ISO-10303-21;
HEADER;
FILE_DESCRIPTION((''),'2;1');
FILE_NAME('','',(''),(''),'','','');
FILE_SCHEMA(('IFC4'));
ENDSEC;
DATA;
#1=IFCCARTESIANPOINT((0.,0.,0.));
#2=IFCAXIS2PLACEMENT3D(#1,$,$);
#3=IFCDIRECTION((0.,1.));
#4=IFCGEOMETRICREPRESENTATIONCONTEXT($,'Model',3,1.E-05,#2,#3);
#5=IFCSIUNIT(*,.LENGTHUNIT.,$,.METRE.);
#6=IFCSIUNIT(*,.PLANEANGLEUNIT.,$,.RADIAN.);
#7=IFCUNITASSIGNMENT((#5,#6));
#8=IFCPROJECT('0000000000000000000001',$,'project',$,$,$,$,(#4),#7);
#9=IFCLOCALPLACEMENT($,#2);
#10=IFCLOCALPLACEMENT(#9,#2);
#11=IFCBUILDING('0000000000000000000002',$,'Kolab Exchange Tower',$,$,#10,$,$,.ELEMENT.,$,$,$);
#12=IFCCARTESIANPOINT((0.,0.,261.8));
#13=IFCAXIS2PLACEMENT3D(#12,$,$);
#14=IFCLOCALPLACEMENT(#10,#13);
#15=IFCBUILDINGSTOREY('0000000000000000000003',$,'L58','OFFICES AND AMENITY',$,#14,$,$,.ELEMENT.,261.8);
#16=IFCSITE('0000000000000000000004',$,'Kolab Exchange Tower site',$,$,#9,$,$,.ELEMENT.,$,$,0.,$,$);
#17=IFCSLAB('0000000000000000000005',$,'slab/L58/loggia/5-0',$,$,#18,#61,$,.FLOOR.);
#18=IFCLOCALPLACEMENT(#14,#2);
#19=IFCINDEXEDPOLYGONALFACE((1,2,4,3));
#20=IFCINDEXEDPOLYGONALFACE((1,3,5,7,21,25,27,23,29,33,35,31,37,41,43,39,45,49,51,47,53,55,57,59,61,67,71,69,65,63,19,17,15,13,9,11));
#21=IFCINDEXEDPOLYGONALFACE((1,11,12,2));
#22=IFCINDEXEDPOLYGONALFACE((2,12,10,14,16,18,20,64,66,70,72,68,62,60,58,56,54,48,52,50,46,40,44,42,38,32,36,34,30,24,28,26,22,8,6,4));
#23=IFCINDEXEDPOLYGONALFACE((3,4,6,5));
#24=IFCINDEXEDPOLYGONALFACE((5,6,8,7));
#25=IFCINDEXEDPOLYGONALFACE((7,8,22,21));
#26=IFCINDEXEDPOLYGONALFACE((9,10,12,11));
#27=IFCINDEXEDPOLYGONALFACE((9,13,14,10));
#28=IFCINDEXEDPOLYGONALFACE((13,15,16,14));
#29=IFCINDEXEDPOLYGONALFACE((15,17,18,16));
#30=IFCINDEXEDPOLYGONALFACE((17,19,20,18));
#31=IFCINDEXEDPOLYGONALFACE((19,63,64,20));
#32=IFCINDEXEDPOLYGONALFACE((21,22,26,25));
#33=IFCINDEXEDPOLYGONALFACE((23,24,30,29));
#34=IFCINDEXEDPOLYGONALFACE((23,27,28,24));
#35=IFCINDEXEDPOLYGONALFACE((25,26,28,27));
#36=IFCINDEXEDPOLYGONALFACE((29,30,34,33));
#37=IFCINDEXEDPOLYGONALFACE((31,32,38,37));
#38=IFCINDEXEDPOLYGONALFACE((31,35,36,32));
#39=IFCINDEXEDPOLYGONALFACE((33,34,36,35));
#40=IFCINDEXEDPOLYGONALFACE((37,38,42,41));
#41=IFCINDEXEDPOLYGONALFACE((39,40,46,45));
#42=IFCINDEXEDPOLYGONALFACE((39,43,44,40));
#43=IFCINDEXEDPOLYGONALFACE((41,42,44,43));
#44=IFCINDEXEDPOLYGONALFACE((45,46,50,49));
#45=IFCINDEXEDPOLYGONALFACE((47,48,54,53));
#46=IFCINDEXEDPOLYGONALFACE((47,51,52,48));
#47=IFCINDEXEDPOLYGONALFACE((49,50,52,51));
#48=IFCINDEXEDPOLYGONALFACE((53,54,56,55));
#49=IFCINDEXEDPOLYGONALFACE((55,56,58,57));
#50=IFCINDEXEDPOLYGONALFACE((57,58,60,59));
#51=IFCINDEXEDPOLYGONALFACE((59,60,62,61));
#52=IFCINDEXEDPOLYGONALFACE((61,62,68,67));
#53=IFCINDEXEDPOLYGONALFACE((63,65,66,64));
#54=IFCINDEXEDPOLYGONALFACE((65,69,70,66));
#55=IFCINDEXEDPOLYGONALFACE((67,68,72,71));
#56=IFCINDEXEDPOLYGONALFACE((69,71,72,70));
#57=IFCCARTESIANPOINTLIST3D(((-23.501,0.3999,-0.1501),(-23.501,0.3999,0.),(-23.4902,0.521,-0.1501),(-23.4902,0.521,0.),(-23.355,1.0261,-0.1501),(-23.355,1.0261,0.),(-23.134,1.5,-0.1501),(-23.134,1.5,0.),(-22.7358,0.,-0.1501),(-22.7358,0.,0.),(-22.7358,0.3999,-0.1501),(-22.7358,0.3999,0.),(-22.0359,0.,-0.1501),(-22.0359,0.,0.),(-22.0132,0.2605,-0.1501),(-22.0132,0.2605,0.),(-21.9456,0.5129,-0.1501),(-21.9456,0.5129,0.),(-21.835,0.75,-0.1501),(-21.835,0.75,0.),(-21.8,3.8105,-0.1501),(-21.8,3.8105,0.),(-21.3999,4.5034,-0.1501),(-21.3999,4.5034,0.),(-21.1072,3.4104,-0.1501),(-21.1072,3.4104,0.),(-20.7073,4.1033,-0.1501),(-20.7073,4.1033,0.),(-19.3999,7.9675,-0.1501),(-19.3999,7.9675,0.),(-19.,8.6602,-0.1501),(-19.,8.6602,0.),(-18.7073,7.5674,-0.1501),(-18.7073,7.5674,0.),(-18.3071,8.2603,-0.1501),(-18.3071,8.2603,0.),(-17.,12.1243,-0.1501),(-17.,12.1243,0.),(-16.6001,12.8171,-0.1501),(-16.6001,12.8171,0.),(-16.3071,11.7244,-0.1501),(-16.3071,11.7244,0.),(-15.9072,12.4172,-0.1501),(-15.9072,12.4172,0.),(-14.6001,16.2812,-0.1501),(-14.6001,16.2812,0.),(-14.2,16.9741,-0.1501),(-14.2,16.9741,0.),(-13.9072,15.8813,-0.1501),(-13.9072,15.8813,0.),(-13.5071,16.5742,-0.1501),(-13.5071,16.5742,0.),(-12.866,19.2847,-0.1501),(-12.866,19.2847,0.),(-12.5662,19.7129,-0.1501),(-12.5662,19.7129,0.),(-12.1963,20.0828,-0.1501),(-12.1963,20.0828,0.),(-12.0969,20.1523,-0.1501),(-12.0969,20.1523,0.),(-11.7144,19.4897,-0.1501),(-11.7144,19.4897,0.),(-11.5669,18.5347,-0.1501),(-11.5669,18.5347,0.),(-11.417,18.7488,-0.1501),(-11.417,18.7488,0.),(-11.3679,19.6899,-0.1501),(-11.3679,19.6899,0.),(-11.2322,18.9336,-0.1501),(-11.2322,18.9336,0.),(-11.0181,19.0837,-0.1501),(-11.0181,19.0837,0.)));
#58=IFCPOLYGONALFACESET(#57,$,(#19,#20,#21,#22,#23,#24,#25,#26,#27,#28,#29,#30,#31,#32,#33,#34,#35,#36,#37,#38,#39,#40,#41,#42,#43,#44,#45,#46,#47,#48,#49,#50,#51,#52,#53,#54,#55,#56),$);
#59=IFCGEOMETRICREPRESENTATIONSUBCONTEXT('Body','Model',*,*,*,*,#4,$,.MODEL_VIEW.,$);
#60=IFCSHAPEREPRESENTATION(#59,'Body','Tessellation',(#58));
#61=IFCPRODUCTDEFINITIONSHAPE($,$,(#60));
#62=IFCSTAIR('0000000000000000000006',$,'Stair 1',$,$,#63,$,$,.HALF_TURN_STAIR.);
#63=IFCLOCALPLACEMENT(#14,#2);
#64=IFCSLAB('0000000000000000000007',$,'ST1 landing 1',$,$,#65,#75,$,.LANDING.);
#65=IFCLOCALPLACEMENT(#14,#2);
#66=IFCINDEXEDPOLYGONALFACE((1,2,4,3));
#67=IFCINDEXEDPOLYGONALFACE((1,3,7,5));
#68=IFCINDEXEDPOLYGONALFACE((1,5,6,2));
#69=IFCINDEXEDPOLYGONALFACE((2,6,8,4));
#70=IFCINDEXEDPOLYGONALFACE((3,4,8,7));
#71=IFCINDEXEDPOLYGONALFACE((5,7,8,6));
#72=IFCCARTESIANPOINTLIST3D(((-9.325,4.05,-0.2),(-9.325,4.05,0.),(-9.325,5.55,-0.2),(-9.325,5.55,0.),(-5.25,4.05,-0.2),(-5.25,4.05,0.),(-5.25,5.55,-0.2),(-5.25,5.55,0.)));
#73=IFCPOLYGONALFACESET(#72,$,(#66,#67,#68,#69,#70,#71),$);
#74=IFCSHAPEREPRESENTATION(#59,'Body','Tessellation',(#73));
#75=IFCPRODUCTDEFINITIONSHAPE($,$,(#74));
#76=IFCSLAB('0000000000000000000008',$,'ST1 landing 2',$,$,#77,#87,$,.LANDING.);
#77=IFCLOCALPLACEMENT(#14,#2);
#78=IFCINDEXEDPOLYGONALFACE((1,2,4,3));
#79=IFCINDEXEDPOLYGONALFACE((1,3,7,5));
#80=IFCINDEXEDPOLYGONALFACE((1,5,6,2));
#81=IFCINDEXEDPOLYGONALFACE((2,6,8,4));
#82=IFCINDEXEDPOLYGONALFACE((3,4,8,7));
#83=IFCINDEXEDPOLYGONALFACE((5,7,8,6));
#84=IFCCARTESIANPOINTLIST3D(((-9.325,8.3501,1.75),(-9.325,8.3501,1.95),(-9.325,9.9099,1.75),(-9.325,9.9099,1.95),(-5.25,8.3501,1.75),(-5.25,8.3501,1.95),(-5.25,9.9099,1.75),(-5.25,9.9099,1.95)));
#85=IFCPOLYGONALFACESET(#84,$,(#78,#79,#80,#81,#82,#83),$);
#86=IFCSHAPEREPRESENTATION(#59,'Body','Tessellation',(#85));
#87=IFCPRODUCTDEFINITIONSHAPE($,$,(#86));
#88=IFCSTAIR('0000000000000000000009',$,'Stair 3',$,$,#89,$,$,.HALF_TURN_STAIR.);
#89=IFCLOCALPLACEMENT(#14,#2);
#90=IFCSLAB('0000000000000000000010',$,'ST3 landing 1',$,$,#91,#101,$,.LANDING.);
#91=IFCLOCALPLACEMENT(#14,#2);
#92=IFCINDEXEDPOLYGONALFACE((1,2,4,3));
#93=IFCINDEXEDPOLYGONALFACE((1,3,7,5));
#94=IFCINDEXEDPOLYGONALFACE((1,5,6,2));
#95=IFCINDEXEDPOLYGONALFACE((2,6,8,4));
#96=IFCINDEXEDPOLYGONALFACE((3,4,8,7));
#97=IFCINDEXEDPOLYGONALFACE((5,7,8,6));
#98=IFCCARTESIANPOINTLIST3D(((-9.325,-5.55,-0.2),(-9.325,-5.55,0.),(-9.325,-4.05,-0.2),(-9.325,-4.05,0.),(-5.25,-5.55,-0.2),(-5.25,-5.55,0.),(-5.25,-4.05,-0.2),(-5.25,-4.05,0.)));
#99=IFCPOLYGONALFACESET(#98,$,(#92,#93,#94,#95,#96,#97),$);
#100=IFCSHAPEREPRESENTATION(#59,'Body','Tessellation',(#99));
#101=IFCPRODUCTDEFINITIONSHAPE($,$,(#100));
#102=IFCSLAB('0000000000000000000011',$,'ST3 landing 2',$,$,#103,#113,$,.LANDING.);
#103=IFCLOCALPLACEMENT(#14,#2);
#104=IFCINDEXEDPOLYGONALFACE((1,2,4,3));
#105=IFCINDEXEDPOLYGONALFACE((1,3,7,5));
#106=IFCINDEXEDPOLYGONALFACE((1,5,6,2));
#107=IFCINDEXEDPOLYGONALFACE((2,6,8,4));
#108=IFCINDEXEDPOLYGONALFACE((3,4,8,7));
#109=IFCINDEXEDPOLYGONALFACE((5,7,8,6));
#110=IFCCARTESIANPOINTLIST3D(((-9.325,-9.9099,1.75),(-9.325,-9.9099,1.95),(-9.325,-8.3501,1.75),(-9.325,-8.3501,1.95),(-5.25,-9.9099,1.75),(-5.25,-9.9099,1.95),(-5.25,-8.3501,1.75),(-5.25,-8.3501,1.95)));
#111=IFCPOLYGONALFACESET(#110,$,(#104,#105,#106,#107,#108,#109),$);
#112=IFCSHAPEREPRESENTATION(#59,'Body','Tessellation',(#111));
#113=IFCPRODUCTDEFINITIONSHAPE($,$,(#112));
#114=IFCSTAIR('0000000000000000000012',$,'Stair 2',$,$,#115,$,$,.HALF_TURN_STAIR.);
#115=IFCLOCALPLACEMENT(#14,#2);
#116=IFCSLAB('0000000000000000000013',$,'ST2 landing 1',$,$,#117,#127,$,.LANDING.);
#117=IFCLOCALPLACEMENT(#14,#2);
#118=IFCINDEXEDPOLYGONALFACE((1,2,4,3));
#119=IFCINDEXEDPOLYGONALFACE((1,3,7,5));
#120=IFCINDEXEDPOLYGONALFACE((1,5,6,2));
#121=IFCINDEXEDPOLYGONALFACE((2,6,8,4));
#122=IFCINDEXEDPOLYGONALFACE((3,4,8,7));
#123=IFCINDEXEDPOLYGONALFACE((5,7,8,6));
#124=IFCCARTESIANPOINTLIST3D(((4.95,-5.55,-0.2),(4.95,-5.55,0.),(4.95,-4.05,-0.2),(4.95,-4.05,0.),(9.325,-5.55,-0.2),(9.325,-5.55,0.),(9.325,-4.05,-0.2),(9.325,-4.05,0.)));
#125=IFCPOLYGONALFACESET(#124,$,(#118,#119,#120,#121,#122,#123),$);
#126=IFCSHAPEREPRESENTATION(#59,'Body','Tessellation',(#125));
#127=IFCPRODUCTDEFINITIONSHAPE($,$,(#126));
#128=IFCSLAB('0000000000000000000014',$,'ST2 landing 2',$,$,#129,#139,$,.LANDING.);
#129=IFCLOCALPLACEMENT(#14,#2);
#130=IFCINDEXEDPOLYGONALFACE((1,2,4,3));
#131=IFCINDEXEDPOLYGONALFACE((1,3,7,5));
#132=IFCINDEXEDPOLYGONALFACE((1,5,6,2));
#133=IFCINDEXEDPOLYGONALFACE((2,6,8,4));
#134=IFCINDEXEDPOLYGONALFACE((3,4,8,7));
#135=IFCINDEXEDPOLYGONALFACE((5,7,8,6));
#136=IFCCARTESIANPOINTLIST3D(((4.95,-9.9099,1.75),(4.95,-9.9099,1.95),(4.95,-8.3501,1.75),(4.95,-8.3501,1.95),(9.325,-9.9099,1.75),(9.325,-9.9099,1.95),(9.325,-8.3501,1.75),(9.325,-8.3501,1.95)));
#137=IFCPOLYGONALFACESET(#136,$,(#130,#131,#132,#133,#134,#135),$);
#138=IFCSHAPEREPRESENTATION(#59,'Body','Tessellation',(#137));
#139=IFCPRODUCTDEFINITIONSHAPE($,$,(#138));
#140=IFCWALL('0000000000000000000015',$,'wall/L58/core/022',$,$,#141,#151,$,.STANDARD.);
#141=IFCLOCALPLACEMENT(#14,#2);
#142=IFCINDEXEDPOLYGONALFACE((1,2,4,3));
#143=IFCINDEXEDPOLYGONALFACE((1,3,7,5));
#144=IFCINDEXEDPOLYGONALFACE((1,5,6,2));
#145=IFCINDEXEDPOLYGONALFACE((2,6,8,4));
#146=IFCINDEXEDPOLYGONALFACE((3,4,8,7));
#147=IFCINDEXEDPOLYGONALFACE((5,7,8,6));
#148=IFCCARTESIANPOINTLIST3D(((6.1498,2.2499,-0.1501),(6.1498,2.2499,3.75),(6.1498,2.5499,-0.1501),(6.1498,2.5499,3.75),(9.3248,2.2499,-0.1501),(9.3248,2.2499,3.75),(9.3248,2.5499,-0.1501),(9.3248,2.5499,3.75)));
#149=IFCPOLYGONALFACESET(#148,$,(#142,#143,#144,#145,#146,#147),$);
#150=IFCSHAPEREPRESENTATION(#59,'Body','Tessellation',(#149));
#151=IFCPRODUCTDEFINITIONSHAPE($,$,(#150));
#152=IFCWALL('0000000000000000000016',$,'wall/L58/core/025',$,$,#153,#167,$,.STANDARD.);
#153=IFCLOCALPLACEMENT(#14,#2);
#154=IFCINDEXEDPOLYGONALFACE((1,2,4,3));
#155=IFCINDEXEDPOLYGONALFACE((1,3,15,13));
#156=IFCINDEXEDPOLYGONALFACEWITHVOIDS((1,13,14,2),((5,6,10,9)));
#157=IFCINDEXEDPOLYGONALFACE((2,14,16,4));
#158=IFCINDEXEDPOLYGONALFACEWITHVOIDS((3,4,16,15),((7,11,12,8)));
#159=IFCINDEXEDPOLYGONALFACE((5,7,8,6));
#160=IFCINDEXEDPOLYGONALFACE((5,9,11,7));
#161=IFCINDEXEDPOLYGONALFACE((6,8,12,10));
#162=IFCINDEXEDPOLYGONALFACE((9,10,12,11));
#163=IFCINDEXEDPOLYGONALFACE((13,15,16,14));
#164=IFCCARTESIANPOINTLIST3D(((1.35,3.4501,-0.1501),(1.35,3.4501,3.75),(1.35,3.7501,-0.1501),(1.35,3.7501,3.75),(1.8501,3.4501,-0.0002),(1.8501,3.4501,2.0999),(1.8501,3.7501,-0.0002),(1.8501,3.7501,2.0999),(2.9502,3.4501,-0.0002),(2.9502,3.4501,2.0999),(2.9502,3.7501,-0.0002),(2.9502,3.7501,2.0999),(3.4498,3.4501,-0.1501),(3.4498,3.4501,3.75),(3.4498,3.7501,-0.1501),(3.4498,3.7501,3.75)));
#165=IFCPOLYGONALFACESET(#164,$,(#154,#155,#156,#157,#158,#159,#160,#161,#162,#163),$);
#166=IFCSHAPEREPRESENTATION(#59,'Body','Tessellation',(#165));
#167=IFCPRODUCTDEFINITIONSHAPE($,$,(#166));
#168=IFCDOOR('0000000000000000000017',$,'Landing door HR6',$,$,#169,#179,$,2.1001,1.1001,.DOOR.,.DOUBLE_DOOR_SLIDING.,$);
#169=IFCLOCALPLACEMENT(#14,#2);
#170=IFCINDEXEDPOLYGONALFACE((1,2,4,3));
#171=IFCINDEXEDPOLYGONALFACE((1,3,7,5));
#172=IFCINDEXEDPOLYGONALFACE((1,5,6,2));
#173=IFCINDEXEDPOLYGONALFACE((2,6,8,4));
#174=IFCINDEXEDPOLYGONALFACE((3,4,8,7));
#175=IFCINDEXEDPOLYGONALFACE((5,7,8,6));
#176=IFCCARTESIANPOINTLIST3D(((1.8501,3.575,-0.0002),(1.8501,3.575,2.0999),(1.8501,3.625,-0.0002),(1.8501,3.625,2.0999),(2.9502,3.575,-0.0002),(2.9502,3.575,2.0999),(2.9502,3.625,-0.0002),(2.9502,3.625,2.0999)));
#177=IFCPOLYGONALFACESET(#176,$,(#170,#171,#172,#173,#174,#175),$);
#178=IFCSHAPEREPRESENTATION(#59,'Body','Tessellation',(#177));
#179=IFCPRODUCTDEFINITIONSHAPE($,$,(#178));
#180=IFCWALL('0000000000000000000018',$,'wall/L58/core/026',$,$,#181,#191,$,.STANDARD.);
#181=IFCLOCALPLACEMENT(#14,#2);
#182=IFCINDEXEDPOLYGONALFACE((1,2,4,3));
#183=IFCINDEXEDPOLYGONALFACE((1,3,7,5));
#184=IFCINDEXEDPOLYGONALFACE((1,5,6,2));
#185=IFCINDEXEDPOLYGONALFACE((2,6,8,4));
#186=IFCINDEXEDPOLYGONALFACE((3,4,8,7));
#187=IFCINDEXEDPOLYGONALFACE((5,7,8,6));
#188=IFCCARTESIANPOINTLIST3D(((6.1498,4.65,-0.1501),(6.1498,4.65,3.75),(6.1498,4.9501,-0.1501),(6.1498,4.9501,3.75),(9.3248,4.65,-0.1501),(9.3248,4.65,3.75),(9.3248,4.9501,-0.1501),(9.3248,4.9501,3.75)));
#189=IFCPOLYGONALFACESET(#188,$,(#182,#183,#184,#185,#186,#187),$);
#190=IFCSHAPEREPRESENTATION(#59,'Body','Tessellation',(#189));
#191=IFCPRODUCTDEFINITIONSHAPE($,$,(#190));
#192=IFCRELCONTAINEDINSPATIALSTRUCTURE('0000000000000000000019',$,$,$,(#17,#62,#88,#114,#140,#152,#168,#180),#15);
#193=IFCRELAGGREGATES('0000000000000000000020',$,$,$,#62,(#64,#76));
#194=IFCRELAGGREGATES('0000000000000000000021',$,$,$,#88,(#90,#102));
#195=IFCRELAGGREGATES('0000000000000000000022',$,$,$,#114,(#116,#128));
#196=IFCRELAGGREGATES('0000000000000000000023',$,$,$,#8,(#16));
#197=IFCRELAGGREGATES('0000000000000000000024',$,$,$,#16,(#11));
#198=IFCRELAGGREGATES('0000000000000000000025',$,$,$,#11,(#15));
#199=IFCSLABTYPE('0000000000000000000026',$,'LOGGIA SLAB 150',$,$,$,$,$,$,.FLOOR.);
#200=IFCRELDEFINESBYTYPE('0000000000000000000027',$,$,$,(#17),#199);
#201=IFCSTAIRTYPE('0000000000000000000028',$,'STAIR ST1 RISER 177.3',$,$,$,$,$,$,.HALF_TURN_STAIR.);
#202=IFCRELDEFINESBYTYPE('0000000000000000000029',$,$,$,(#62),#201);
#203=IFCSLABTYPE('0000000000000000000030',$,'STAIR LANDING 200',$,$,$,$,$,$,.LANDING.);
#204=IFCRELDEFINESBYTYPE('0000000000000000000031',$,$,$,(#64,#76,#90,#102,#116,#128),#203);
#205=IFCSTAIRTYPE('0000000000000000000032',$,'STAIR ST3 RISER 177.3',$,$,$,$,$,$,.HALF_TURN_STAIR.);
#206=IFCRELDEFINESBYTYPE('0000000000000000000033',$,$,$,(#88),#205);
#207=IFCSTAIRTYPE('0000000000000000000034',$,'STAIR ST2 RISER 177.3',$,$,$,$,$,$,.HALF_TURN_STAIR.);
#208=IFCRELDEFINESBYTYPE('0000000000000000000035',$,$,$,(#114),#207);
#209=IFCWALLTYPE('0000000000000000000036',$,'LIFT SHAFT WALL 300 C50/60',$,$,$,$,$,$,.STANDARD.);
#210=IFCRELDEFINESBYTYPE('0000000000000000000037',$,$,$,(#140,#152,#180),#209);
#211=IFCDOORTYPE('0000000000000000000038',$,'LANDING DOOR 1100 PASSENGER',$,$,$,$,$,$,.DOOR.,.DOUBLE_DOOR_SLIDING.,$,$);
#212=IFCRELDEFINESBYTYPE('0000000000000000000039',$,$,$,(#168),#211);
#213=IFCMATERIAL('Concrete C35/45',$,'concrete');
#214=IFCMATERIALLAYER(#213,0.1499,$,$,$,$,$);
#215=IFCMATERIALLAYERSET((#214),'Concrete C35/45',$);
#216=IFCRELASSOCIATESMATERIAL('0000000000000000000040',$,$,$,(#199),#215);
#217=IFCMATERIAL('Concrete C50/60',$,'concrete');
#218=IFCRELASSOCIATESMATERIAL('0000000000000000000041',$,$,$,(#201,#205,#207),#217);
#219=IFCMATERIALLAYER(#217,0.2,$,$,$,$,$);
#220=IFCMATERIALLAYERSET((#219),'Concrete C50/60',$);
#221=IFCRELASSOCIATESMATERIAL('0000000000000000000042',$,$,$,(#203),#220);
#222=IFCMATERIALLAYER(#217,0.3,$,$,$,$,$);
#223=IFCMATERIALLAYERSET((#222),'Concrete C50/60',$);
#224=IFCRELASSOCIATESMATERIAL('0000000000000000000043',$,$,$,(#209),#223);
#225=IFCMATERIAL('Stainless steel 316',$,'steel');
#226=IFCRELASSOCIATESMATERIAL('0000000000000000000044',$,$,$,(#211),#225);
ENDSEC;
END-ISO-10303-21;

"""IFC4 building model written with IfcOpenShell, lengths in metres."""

from ifc_helpers import new_model, si_unit, direction, frame, frame_2d, origin, place, context, subcontext, project, spatial, polyline, rectangle, outline, extrude, material, layer, layer_set, type_object, element, fill, aggregate, save


model = new_model("IFC4")

# Units and contexts
model_context = context("Model", 3, precision=1e-05, world=origin(), true_north=direction((0.0, 1.0)))
body_context = subcontext(model_context, "Body", "Model", "MODEL_VIEW")
ifc_project = project(units=[si_unit("LENGTHUNIT", "METRE"), si_unit("PLANEANGLEUNIT", "RADIAN")], contexts=[model_context])

# Site, building, storey
site_placement = place(None, origin())
site = spatial("IfcSite", under=ifc_project, at=site_placement, Name="Kolab Exchange Tower site", CompositionType="ELEMENT", RefElevation=0.0)
building_placement = place(site_placement, origin())
building = spatial("IfcBuilding", under=site, at=building_placement, Name="Kolab Exchange Tower", CompositionType="ELEMENT")
storey_placement = place(building_placement, frame((0.0, 0.0, 261.8)))
storey = spatial("IfcBuildingStorey", under=building, at=storey_placement, Name="L58", Description="OFFICES AND AMENITY", CompositionType="ELEMENT", Elevation=261.8)

# Slab
ifc_material_1 = material(Name="Concrete C35/45", Category="concrete")
ifc_layer_1 = layer(ifc_material_1, 0.1499)
ifc_layer_set_1 = layer_set([ifc_layer_1], Name="Concrete C35/45")
slab_type_1 = type_object("IfcSlabType", Name="LOGGIA SLAB 150", PredefinedType="FLOOR", material=ifc_layer_set_1)
slab_1_placement = place(storey_placement, frame((0.0, 0.0, -0.1501)))
element("IfcSlab", 1, at=slab_1_placement, inside=storey, type_object=slab_type_1, Name="slab/L58/loggia/5-0", PredefinedType="FLOOR", context=body_context, shape_type="SweptSolid", body=[
    extrude(outline(polyline([(-11.0181, 19.0837), (-11.3679, 19.6899), (-11.7144, 19.4897), (-12.0969, 20.1523), (-12.1963, 20.0828), (-12.5662, 19.7129), (-12.866, 19.2847), (-14.2, 16.9741), (-13.5071, 16.5742), (-13.9072, 15.8813), (-14.6001, 16.2812), (-16.6001, 12.8171), (-15.9072, 12.4172), (-16.3071, 11.7244), (-17.0, 12.1243), (-19.0, 8.6602), (-18.3071, 8.2603), (-18.7073, 7.5674), (-19.3999, 7.9675), (-21.3999, 4.5034), (-20.7073, 4.1033), (-21.1072, 3.4104), (-21.8, 3.8105), (-23.134, 1.5), (-23.355, 1.0261), (-23.4902, 0.521), (-23.501, 0.3999), (-22.7358, 0.3999), (-22.7358, 0.0), (-22.0359, 0.0), (-22.0132, 0.2605), (-21.9456, 0.5129), (-21.835, 0.75), (-11.5669, 18.5347), (-11.417, 18.7488), (-11.2322, 18.9336), (-11.0181, 19.0837)])), origin(), (0.0, 0.0, 1.0), 0.1501),
])

# Stairs, slabs
ifc_material_2 = material(Name="Concrete C50/60", Category="concrete")
stair_type_1 = type_object("IfcStairType", Name="STAIR ST1 RISER 177.3", PredefinedType="HALF_TURN_STAIR", material=ifc_material_2)
stair_1_placement = place(storey_placement, origin())
stair_1 = element("IfcStair", 2, at=stair_1_placement, inside=storey, type_object=stair_type_1, Name="Stair 1", PredefinedType="HALF_TURN_STAIR")
ifc_layer_2 = layer(ifc_material_2, 0.2)
ifc_layer_set_2 = layer_set([ifc_layer_2], Name="Concrete C50/60")
slab_type_2 = type_object("IfcSlabType", Name="STAIR LANDING 200", PredefinedType="LANDING", material=ifc_layer_set_2)
slab_2_placement = place(storey_placement, frame((0.0, 0.0, -0.2)))
slab_2 = element("IfcSlab", 3, at=slab_2_placement, type_object=slab_type_2, Name="ST1 landing 1", PredefinedType="LANDING", context=body_context, shape_type="SweptSolid", body=[
    extrude(outline(polyline([(-9.325, 4.05), (-5.25, 4.05), (-5.25, 5.55), (-9.325, 5.55), (-9.325, 4.05)])), origin(), (0.0, 0.0, 1.0), 0.2),
])
slab_3_placement = place(storey_placement, frame((0.0, 0.0, 1.75)))
slab_3 = element("IfcSlab", 4, at=slab_3_placement, type_object=slab_type_2, Name="ST1 landing 2", PredefinedType="LANDING", context=body_context, shape_type="SweptSolid", body=[
    extrude(outline(polyline([(-9.325, 8.3501), (-5.25, 8.3501), (-5.25, 9.9099), (-9.325, 9.9099), (-9.325, 8.3501)])), origin(), (0.0, 0.0, 1.0), 0.2),
])
aggregate(stair_1, [slab_2, slab_3])
stair_type_2 = type_object("IfcStairType", Name="STAIR ST3 RISER 177.3", PredefinedType="HALF_TURN_STAIR", material=ifc_material_2)
stair_2_placement = place(storey_placement, origin())
stair_2 = element("IfcStair", 5, at=stair_2_placement, inside=storey, type_object=stair_type_2, Name="Stair 3", PredefinedType="HALF_TURN_STAIR")
slab_4_placement = place(storey_placement, frame((0.0, 0.0, -0.2)))
slab_4 = element("IfcSlab", 6, at=slab_4_placement, type_object=slab_type_2, Name="ST3 landing 1", PredefinedType="LANDING", context=body_context, shape_type="SweptSolid", body=[
    extrude(outline(polyline([(-9.325, -5.55), (-5.25, -5.55), (-5.25, -4.05), (-9.325, -4.05), (-9.325, -5.55)])), origin(), (0.0, 0.0, 1.0), 0.2),
])
slab_5_placement = place(storey_placement, frame((0.0, 0.0, 1.75)))
slab_5 = element("IfcSlab", 7, at=slab_5_placement, type_object=slab_type_2, Name="ST3 landing 2", PredefinedType="LANDING", context=body_context, shape_type="SweptSolid", body=[
    extrude(outline(polyline([(-9.325, -9.9099), (-5.25, -9.9099), (-5.25, -8.3501), (-9.325, -8.3501), (-9.325, -9.9099)])), origin(), (0.0, 0.0, 1.0), 0.2),
])
aggregate(stair_2, [slab_4, slab_5])
stair_type_3 = type_object("IfcStairType", Name="STAIR ST2 RISER 177.3", PredefinedType="HALF_TURN_STAIR", material=ifc_material_2)
stair_3_placement = place(storey_placement, origin())
stair_3 = element("IfcStair", 8, at=stair_3_placement, inside=storey, type_object=stair_type_3, Name="Stair 2", PredefinedType="HALF_TURN_STAIR")
slab_6_placement = place(storey_placement, frame((0.0, 0.0, -0.2)))
slab_6 = element("IfcSlab", 9, at=slab_6_placement, type_object=slab_type_2, Name="ST2 landing 1", PredefinedType="LANDING", context=body_context, shape_type="SweptSolid", body=[
    extrude(outline(polyline([(4.95, -5.55), (9.325, -5.55), (9.325, -4.05), (4.95, -4.05), (4.95, -5.55)])), origin(), (0.0, 0.0, 1.0), 0.2),
])
slab_7_placement = place(storey_placement, frame((0.0, 0.0, 1.75)))
slab_7 = element("IfcSlab", 10, at=slab_7_placement, type_object=slab_type_2, Name="ST2 landing 2", PredefinedType="LANDING", context=body_context, shape_type="SweptSolid", body=[
    extrude(outline(polyline([(4.95, -9.9099), (9.325, -9.9099), (9.325, -8.3501), (4.95, -8.3501), (4.95, -9.9099)])), origin(), (0.0, 0.0, 1.0), 0.2),
])
aggregate(stair_3, [slab_6, slab_7])

# Wall
ifc_layer_3 = layer(ifc_material_2, 0.3)
ifc_layer_set_3 = layer_set([ifc_layer_3], Name="Concrete C50/60")
wall_type_1 = type_object("IfcWallType", Name="LIFT SHAFT WALL 300 C50/60", PredefinedType="STANDARD", material=ifc_layer_set_3)
wall_1_placement = place(storey_placement, frame((6.1499, 2.3999, -0.1501), z_axis=(0.0, 0.0, 1.0), x_axis=(1.0, 0.0, 0.0)))
element("IfcWall", 11, at=wall_1_placement, inside=storey, type_object=wall_type_1, Name="wall/L58/core/022", PredefinedType="STANDARD", context=body_context, shape_type="SweptSolid", body=[
    extrude(rectangle(XDim=3.175, YDim=0.3, at=frame_2d((1.5874, 0.0))), origin(), (0.0, 0.0, 1.0), 3.9001),
])

# Wall, opening, door
wall_2_placement = place(storey_placement, frame((1.3501, 3.6001, -0.1501), z_axis=(0.0, 0.0, 1.0), x_axis=(1.0, 0.0, 0.0)))
wall_2 = element("IfcWall", 12, at=wall_2_placement, inside=storey, type_object=wall_type_1, Name="wall/L58/core/025", PredefinedType="STANDARD", context=body_context, shape_type="SweptSolid", body=[
    extrude(rectangle(XDim=2.0999, YDim=0.3, at=frame_2d((1.0498, 0.0))), origin(), (0.0, 0.0, 1.0), 3.9001),
])
opening_1_placement = place(wall_2_placement, frame((0.5, 0.0, 0.1499)))
opening_1 = element("IfcOpeningElement", 13, at=opening_1_placement, cuts=wall_2, PredefinedType="OPENING", context=body_context, shape_type="SweptSolid", body=[
    extrude(rectangle(XDim=1.1001, YDim=2.1001, at=frame_2d((0.55, 1.05))), frame((0.0, 0.1602, 0.0), z_axis=(0.0, -1.0, 0.0), x_axis=(1.0, 0.0, 0.0)), (0.0, 0.0, 1.0), 0.3201),
])
ifc_material_3 = material(Name="Stainless steel 316", Category="steel")
door_type_1 = type_object("IfcDoorType", Name="LANDING DOOR 1100 PASSENGER", OperationType="DOUBLE_DOOR_SLIDING", PredefinedType="DOOR", material=ifc_material_3)
door_1_placement = place(opening_1_placement, origin())
door_1 = element("IfcDoor", 14, at=door_1_placement, inside=storey, type_object=door_type_1, Name="Landing door HR6", OperationType="DOUBLE_DOOR_SLIDING", OverallHeight=2.1001, OverallWidth=1.1001, PredefinedType="DOOR", context=body_context, shape_type="SweptSolid", body=[
    extrude(rectangle(XDim=1.1001, YDim=2.1001, at=frame_2d((0.55, 1.05))), frame((0.0, 0.0249, 0.0), z_axis=(0.0, -1.0, 0.0), x_axis=(1.0, 0.0, 0.0)), (0.0, 0.0, 1.0), 0.05),
])
fill(opening_1, door_1)

# Wall
wall_3_placement = place(storey_placement, frame((6.1499, 4.8, -0.1501), z_axis=(0.0, 0.0, 1.0), x_axis=(1.0, 0.0, 0.0)))
element("IfcWall", 15, at=wall_3_placement, inside=storey, type_object=wall_type_1, Name="wall/L58/core/026", PredefinedType="STANDARD", context=body_context, shape_type="SweptSolid", body=[
    extrude(rectangle(XDim=3.175, YDim=0.3, at=frame_2d((1.5874, 0.0))), origin(), (0.0, 0.0, 1.0), 3.9001),
])

save(model, "model.ifc")
